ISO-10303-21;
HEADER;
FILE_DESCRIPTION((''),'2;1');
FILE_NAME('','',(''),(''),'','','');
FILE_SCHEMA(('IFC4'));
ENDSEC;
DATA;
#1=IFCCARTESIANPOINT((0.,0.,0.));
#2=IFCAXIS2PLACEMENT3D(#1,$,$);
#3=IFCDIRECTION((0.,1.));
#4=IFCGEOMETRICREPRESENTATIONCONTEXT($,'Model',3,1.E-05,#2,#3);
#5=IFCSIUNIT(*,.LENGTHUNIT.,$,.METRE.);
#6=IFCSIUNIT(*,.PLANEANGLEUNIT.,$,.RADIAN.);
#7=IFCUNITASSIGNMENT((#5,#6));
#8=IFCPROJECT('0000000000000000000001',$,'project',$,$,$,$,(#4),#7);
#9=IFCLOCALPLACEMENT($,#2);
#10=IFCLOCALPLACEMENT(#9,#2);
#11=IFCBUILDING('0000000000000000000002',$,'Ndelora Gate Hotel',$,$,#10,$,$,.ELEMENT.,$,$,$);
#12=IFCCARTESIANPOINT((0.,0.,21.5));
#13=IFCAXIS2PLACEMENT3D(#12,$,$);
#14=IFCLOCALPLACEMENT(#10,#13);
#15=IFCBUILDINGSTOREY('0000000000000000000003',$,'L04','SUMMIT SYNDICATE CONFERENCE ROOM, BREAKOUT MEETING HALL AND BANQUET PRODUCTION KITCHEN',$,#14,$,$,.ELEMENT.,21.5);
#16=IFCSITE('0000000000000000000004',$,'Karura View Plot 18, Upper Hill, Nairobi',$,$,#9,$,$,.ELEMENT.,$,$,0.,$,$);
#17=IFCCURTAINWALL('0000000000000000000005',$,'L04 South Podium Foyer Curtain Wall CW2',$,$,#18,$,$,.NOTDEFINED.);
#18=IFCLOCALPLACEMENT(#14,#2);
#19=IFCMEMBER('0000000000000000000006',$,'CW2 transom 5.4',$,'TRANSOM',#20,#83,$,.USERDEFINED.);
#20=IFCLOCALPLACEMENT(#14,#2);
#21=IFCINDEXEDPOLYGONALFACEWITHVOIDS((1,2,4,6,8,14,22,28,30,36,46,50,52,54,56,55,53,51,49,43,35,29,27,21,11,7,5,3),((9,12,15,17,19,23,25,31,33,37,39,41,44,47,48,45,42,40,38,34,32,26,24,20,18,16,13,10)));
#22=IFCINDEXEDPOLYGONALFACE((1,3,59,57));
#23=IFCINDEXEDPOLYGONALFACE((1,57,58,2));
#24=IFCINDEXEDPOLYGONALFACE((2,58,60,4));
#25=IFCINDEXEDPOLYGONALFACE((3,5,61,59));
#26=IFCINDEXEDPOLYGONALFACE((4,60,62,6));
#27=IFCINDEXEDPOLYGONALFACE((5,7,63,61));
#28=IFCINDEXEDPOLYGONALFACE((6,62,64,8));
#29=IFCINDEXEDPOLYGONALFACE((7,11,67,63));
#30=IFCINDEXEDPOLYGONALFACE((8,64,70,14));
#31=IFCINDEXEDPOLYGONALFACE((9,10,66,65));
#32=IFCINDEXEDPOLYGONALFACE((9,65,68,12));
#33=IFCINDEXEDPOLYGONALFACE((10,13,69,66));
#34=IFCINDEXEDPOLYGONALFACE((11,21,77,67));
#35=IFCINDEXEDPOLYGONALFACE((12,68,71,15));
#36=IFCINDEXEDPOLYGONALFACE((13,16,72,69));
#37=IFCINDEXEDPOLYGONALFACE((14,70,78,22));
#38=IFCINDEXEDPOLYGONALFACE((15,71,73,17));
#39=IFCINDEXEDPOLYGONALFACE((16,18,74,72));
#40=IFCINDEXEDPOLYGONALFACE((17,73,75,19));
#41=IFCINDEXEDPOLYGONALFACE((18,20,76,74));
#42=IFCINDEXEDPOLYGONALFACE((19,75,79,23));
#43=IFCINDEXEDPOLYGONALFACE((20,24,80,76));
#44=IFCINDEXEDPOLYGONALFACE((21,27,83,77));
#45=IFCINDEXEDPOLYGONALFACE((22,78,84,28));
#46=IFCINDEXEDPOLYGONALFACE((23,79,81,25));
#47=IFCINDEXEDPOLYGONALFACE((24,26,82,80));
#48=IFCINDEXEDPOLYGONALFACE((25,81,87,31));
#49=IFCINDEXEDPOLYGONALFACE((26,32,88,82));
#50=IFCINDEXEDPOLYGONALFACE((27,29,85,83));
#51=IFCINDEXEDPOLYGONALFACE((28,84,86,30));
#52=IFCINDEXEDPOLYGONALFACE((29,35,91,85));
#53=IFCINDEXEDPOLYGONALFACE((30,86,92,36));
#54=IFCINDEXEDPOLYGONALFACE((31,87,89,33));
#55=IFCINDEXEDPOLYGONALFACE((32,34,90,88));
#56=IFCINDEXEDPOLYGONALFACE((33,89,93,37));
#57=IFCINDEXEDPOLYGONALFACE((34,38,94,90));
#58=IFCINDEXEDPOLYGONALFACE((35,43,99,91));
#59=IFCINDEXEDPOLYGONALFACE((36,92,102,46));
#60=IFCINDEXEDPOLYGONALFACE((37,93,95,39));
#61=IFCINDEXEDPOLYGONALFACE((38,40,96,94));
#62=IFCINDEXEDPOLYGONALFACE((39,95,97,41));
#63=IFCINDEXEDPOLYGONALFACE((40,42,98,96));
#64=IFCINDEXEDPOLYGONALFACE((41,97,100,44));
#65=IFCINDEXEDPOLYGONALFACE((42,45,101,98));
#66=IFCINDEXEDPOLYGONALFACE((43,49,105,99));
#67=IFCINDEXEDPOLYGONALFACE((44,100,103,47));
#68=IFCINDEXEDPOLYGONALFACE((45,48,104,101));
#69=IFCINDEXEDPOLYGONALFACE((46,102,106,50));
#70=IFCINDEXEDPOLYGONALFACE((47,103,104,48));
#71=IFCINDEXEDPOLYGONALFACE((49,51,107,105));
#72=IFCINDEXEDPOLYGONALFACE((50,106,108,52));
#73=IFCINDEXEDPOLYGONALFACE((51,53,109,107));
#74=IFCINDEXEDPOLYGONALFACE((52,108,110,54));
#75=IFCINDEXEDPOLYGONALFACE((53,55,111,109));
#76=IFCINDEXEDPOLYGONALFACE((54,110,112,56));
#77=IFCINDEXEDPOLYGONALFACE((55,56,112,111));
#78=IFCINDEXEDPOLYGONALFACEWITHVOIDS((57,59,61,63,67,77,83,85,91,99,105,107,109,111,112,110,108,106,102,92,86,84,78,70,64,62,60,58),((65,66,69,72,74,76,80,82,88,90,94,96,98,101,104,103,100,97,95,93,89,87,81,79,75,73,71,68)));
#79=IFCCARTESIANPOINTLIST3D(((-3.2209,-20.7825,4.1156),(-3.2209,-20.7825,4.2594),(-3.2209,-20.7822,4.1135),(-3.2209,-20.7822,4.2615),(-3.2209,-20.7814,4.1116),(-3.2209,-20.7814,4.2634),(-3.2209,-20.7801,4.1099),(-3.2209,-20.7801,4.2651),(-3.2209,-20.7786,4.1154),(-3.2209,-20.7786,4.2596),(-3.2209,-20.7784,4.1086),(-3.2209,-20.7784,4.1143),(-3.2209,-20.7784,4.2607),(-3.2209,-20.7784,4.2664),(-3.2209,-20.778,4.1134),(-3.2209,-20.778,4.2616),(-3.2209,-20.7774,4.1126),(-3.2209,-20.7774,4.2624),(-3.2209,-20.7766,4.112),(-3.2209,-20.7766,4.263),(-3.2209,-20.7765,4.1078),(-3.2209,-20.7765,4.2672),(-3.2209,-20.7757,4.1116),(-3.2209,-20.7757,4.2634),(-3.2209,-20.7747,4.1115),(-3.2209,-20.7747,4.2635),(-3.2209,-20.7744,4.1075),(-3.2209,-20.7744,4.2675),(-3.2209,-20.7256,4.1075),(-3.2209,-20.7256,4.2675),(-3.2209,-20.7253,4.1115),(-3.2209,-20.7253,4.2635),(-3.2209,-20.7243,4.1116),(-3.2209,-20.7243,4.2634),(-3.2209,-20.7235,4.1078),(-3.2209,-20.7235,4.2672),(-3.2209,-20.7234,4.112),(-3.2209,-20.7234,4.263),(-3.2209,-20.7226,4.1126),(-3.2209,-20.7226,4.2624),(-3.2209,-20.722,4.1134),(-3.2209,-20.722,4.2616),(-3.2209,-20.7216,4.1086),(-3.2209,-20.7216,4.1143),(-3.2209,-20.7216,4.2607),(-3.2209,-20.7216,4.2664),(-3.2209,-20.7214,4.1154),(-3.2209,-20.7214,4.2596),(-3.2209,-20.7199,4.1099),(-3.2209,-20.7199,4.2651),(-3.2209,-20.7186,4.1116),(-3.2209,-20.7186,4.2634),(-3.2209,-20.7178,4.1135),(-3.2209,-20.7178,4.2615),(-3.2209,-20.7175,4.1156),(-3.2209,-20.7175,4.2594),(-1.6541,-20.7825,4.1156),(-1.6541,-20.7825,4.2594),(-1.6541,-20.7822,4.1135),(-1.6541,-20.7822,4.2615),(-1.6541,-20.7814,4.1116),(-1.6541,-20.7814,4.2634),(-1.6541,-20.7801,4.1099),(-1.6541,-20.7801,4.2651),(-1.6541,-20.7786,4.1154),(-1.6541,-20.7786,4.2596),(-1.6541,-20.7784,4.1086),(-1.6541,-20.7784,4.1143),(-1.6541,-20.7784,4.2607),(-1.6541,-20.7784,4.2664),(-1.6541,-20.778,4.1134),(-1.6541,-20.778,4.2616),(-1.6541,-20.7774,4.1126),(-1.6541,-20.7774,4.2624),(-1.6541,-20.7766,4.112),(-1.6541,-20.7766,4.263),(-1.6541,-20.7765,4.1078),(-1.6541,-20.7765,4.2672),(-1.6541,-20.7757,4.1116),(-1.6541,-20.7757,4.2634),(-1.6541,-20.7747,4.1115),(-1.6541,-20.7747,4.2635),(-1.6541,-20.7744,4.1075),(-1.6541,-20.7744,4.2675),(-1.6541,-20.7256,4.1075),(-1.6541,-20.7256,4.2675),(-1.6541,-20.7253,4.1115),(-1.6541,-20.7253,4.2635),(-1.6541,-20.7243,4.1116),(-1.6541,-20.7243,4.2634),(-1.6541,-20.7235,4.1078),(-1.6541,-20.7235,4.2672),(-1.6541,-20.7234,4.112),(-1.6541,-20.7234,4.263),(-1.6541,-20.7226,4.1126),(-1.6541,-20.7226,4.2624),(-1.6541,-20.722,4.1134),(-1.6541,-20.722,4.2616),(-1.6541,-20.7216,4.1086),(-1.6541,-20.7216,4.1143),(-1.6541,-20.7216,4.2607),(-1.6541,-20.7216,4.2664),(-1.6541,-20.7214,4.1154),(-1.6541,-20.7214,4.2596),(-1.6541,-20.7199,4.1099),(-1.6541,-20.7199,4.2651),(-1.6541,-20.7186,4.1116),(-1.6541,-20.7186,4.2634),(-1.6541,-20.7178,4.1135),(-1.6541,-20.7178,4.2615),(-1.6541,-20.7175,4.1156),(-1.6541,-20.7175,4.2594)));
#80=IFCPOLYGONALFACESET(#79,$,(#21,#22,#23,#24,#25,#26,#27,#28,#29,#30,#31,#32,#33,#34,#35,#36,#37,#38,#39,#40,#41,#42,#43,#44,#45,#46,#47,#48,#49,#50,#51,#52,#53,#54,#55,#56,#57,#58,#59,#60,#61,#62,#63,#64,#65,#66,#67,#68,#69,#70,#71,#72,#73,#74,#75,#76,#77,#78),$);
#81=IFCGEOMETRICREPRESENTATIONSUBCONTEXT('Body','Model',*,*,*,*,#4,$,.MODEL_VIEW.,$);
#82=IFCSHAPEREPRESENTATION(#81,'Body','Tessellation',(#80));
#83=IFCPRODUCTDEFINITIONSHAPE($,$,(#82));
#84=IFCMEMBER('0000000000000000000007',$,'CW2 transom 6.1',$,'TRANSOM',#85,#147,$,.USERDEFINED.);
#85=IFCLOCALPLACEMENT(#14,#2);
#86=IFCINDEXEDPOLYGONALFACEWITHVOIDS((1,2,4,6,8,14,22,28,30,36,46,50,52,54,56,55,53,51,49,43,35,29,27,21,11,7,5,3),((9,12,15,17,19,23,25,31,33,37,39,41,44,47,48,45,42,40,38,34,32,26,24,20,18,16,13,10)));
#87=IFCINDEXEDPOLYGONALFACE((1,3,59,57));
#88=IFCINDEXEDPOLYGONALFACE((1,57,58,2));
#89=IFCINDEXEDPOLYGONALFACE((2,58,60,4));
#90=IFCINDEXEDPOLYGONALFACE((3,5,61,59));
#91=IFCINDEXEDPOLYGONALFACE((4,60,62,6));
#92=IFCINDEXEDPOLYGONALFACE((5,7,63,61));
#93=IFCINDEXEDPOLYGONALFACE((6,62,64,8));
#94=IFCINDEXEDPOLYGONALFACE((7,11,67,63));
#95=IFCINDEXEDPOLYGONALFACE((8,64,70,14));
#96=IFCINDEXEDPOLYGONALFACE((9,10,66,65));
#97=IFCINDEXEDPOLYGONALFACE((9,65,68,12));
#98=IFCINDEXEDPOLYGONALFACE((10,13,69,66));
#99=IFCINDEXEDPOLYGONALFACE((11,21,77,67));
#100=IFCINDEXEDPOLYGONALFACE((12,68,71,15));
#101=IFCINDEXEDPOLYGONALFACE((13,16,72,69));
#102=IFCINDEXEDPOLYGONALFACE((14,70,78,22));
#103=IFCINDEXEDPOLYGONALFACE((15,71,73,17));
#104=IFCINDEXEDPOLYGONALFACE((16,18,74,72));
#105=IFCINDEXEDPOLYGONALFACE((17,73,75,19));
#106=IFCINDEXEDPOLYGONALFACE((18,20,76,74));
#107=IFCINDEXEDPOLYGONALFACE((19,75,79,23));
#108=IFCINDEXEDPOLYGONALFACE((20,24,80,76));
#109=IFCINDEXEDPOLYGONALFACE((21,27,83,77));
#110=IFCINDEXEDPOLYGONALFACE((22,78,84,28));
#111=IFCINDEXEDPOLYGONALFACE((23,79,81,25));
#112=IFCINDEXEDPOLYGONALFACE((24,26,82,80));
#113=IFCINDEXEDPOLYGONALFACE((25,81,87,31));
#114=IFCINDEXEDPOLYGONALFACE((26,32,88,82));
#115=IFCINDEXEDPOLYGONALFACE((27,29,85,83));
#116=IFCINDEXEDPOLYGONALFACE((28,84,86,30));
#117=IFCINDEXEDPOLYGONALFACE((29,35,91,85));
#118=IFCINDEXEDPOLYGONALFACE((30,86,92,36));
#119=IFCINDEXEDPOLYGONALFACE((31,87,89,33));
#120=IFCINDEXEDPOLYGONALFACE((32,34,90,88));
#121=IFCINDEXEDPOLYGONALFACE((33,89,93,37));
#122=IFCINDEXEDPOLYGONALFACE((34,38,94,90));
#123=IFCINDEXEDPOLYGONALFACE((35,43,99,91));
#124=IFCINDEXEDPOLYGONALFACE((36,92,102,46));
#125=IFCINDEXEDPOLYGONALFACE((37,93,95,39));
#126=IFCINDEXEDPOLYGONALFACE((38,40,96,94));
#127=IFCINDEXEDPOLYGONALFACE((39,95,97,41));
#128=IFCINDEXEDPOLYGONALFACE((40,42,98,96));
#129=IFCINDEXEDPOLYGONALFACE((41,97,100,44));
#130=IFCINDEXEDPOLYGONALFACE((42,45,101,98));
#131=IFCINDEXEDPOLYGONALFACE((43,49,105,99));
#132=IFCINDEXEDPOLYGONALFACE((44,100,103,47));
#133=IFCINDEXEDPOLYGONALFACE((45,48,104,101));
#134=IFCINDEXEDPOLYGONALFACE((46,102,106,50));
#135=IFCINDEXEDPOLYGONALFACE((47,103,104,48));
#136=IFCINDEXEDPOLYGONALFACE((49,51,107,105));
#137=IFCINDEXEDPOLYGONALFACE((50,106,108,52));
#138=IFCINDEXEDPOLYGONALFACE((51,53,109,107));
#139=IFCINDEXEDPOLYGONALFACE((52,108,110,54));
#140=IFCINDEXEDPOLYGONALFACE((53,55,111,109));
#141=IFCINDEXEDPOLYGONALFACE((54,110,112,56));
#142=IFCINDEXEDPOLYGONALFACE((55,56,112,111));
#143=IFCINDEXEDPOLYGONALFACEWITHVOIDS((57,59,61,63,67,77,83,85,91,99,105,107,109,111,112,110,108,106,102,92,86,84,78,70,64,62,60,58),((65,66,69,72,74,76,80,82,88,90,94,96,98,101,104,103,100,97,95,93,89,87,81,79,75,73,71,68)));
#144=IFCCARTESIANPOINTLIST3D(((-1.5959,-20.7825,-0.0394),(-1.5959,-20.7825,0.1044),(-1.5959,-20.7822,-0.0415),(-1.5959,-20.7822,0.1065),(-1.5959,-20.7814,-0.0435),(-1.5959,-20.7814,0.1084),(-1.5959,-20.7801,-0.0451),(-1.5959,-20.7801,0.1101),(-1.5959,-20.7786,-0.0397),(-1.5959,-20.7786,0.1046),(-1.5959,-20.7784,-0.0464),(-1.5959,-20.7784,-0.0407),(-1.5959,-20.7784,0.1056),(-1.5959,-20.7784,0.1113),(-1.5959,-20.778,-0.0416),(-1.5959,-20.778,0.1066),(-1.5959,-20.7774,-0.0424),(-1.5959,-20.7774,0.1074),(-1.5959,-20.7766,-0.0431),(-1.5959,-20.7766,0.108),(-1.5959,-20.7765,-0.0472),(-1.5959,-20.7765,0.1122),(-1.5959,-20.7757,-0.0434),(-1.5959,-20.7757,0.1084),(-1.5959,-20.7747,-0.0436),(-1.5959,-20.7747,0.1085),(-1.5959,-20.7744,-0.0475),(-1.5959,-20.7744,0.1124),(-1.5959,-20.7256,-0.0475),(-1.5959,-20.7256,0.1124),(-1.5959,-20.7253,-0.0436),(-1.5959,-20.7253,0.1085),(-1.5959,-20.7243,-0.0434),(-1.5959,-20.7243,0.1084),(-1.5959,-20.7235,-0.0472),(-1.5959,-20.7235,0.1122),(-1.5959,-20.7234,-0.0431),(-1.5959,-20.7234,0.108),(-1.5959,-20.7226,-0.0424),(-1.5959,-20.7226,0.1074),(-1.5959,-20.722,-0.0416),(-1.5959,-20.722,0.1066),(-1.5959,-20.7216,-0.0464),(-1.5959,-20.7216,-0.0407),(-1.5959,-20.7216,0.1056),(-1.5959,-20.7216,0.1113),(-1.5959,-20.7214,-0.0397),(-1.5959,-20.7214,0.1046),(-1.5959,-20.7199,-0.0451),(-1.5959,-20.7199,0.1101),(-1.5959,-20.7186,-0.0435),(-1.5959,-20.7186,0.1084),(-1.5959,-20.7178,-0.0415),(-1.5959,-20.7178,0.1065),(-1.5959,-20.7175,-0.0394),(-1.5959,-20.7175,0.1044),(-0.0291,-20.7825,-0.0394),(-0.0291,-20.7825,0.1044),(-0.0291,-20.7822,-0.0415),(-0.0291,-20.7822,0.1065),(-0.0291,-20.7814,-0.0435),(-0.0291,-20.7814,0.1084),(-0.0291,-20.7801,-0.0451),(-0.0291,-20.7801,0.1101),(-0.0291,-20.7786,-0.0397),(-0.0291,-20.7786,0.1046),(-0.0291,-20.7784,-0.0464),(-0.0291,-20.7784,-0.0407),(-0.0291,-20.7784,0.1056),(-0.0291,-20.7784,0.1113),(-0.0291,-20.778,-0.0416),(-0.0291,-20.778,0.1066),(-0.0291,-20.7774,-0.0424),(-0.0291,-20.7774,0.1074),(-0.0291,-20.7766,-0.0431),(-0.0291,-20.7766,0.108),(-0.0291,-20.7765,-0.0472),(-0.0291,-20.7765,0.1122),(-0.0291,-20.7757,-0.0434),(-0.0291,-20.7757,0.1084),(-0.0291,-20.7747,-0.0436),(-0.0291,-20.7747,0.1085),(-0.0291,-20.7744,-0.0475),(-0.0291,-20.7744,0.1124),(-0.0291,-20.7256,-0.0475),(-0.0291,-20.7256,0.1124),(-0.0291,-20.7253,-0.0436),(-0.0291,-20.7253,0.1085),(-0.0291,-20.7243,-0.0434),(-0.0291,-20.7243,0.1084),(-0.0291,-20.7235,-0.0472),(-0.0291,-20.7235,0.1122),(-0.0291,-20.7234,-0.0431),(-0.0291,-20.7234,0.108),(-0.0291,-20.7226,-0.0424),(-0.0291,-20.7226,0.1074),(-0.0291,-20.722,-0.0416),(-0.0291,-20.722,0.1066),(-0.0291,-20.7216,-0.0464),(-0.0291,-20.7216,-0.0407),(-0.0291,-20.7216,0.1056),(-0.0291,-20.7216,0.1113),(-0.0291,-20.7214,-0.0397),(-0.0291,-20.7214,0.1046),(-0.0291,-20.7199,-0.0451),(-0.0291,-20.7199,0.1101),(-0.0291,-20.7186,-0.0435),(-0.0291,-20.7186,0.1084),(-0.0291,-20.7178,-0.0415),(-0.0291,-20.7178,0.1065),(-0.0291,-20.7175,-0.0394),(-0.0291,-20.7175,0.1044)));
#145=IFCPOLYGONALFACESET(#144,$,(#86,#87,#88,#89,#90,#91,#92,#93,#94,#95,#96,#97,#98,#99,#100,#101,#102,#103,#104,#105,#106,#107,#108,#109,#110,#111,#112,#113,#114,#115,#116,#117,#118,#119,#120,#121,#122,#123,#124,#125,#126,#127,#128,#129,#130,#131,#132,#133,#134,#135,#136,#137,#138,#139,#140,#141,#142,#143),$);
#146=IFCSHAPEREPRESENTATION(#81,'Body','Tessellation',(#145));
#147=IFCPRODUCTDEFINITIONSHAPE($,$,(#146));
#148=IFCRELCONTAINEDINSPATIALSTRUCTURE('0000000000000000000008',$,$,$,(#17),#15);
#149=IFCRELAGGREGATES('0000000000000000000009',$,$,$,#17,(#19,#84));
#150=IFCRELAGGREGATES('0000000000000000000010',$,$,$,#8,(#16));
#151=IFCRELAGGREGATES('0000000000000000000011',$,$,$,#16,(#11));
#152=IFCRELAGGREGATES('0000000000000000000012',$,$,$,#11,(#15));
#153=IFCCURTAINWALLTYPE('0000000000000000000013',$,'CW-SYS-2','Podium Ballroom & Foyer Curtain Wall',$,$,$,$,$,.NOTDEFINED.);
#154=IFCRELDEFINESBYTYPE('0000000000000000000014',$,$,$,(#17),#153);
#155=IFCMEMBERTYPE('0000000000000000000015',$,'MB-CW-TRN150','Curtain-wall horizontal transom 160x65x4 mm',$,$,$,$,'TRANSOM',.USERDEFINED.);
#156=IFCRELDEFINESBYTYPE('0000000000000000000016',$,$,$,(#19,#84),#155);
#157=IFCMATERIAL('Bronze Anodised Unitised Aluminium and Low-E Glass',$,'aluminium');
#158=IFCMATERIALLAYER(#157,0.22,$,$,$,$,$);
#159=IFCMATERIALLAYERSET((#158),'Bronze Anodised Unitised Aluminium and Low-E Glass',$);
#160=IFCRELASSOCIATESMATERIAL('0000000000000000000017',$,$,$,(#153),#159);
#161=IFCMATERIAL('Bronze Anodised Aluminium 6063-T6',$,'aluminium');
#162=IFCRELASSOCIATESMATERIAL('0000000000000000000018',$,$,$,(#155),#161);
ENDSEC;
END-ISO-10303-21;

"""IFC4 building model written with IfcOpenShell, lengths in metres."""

from ifc_helpers import new_model, si_unit, direction, frame, origin, origin_2d, place, context, subcontext, project, spatial, hollow_rectangle, extrude, material, layer, layer_set, material_profile, profile_set, type_object, element, aggregate, save


model = new_model("IFC4")

# Units and contexts
model_context = context("Model", 3, precision=1e-05, world=origin(), true_north=direction((0.0, 1.0)))
body_context = subcontext(model_context, "Body", "Model", "MODEL_VIEW")
ifc_project = project(units=[si_unit("LENGTHUNIT", "METRE"), si_unit("PLANEANGLEUNIT", "RADIAN")], contexts=[model_context])

# Site, building, storey
site_placement = place(None, origin())
site = spatial("IfcSite", under=ifc_project, at=site_placement, Name="Karura View Plot 18, Upper Hill, Nairobi", CompositionType="ELEMENT", RefElevation=0.0)
building_placement = place(site_placement, origin())
building = spatial("IfcBuilding", under=site, at=building_placement, Name="Ndelora Gate Hotel", CompositionType="ELEMENT")
storey_placement = place(building_placement, frame((0.0, 0.0, 21.5)))
storey = spatial("IfcBuildingStorey", under=building, at=storey_placement, Name="L04", Description="SUMMIT SYNDICATE CONFERENCE ROOM, BREAKOUT MEETING HALL AND BANQUET PRODUCTION KITCHEN", CompositionType="ELEMENT", Elevation=21.5)

# Curtain wall, members
ifc_material_1 = material(Name="Bronze Anodised Unitised Aluminium and Low-E Glass", Category="aluminium")
ifc_layer_1 = layer(ifc_material_1, 0.22)
ifc_layer_set_1 = layer_set([ifc_layer_1], Name="Bronze Anodised Unitised Aluminium and Low-E Glass")
curtain_wall_type = type_object("IfcCurtainWallType", Name="CW-SYS-2", Description="Podium Ballroom & Foyer Curtain Wall", PredefinedType="NOTDEFINED", material=ifc_layer_set_1)
curtain_wall_placement = place(storey_placement, origin())
curtain_wall = element("IfcCurtainWall", 1, at=curtain_wall_placement, inside=storey, type_object=curtain_wall_type, Name="L04 South Podium Foyer Curtain Wall CW2", PredefinedType="NOTDEFINED")
ifc_material_2 = material(Name="Bronze Anodised Aluminium 6063-T6", Category="aluminium")
ifc_material_profile_1 = material_profile(ifc_material_2, hollow_rectangle(XDim=0.0649, YDim=0.1599, WallThickness=0.0039, InnerFilletRadius=0.0039, OuterFilletRadius=0.0081, at=origin_2d()), Name="ALU 160x65x4")
ifc_profile_set_1 = profile_set([ifc_material_profile_1], Name="Bronze Anodised Aluminium 6063-T6")
member_type_1 = type_object("IfcMemberType", Name="MB-CW-TRN150", Description="Curtain-wall horizontal transom 160x65x4 mm", ElementType="TRANSOM", PredefinedType="USERDEFINED", material=ifc_profile_set_1)
member_1_placement = place(storey_placement, frame((-3.2209, -20.75, 4.1875), z_axis=(1.0, 0.0, 0.0), x_axis=(0.0, 1.0, 0.0)))
member_1 = element("IfcMember", 2, at=member_1_placement, type_object=member_type_1, Name="CW2 transom 5.4", ObjectType="TRANSOM", PredefinedType="USERDEFINED", context=body_context, shape_type="SweptSolid", body=[
    extrude(hollow_rectangle(XDim=0.0649, YDim=0.1599, WallThickness=0.0039, InnerFilletRadius=0.0039, OuterFilletRadius=0.0081, at=origin_2d()), origin(), (0.0, 0.0, 1.0), 1.5669),
])
member_2_placement = place(storey_placement, frame((-1.5959, -20.75, 0.0325), z_axis=(1.0, 0.0, 0.0), x_axis=(0.0, 1.0, 0.0)))
member_2 = element("IfcMember", 3, at=member_2_placement, type_object=member_type_1, Name="CW2 transom 6.1", ObjectType="TRANSOM", PredefinedType="USERDEFINED", context=body_context, shape_type="SweptSolid", body=[
    extrude(hollow_rectangle(XDim=0.0649, YDim=0.1599, WallThickness=0.0039, InnerFilletRadius=0.0039, OuterFilletRadius=0.0081, at=origin_2d()), origin(), (0.0, 0.0, 1.0), 1.5669),
])
aggregate(curtain_wall, [member_1, member_2])

save(model, "model.ifc")
